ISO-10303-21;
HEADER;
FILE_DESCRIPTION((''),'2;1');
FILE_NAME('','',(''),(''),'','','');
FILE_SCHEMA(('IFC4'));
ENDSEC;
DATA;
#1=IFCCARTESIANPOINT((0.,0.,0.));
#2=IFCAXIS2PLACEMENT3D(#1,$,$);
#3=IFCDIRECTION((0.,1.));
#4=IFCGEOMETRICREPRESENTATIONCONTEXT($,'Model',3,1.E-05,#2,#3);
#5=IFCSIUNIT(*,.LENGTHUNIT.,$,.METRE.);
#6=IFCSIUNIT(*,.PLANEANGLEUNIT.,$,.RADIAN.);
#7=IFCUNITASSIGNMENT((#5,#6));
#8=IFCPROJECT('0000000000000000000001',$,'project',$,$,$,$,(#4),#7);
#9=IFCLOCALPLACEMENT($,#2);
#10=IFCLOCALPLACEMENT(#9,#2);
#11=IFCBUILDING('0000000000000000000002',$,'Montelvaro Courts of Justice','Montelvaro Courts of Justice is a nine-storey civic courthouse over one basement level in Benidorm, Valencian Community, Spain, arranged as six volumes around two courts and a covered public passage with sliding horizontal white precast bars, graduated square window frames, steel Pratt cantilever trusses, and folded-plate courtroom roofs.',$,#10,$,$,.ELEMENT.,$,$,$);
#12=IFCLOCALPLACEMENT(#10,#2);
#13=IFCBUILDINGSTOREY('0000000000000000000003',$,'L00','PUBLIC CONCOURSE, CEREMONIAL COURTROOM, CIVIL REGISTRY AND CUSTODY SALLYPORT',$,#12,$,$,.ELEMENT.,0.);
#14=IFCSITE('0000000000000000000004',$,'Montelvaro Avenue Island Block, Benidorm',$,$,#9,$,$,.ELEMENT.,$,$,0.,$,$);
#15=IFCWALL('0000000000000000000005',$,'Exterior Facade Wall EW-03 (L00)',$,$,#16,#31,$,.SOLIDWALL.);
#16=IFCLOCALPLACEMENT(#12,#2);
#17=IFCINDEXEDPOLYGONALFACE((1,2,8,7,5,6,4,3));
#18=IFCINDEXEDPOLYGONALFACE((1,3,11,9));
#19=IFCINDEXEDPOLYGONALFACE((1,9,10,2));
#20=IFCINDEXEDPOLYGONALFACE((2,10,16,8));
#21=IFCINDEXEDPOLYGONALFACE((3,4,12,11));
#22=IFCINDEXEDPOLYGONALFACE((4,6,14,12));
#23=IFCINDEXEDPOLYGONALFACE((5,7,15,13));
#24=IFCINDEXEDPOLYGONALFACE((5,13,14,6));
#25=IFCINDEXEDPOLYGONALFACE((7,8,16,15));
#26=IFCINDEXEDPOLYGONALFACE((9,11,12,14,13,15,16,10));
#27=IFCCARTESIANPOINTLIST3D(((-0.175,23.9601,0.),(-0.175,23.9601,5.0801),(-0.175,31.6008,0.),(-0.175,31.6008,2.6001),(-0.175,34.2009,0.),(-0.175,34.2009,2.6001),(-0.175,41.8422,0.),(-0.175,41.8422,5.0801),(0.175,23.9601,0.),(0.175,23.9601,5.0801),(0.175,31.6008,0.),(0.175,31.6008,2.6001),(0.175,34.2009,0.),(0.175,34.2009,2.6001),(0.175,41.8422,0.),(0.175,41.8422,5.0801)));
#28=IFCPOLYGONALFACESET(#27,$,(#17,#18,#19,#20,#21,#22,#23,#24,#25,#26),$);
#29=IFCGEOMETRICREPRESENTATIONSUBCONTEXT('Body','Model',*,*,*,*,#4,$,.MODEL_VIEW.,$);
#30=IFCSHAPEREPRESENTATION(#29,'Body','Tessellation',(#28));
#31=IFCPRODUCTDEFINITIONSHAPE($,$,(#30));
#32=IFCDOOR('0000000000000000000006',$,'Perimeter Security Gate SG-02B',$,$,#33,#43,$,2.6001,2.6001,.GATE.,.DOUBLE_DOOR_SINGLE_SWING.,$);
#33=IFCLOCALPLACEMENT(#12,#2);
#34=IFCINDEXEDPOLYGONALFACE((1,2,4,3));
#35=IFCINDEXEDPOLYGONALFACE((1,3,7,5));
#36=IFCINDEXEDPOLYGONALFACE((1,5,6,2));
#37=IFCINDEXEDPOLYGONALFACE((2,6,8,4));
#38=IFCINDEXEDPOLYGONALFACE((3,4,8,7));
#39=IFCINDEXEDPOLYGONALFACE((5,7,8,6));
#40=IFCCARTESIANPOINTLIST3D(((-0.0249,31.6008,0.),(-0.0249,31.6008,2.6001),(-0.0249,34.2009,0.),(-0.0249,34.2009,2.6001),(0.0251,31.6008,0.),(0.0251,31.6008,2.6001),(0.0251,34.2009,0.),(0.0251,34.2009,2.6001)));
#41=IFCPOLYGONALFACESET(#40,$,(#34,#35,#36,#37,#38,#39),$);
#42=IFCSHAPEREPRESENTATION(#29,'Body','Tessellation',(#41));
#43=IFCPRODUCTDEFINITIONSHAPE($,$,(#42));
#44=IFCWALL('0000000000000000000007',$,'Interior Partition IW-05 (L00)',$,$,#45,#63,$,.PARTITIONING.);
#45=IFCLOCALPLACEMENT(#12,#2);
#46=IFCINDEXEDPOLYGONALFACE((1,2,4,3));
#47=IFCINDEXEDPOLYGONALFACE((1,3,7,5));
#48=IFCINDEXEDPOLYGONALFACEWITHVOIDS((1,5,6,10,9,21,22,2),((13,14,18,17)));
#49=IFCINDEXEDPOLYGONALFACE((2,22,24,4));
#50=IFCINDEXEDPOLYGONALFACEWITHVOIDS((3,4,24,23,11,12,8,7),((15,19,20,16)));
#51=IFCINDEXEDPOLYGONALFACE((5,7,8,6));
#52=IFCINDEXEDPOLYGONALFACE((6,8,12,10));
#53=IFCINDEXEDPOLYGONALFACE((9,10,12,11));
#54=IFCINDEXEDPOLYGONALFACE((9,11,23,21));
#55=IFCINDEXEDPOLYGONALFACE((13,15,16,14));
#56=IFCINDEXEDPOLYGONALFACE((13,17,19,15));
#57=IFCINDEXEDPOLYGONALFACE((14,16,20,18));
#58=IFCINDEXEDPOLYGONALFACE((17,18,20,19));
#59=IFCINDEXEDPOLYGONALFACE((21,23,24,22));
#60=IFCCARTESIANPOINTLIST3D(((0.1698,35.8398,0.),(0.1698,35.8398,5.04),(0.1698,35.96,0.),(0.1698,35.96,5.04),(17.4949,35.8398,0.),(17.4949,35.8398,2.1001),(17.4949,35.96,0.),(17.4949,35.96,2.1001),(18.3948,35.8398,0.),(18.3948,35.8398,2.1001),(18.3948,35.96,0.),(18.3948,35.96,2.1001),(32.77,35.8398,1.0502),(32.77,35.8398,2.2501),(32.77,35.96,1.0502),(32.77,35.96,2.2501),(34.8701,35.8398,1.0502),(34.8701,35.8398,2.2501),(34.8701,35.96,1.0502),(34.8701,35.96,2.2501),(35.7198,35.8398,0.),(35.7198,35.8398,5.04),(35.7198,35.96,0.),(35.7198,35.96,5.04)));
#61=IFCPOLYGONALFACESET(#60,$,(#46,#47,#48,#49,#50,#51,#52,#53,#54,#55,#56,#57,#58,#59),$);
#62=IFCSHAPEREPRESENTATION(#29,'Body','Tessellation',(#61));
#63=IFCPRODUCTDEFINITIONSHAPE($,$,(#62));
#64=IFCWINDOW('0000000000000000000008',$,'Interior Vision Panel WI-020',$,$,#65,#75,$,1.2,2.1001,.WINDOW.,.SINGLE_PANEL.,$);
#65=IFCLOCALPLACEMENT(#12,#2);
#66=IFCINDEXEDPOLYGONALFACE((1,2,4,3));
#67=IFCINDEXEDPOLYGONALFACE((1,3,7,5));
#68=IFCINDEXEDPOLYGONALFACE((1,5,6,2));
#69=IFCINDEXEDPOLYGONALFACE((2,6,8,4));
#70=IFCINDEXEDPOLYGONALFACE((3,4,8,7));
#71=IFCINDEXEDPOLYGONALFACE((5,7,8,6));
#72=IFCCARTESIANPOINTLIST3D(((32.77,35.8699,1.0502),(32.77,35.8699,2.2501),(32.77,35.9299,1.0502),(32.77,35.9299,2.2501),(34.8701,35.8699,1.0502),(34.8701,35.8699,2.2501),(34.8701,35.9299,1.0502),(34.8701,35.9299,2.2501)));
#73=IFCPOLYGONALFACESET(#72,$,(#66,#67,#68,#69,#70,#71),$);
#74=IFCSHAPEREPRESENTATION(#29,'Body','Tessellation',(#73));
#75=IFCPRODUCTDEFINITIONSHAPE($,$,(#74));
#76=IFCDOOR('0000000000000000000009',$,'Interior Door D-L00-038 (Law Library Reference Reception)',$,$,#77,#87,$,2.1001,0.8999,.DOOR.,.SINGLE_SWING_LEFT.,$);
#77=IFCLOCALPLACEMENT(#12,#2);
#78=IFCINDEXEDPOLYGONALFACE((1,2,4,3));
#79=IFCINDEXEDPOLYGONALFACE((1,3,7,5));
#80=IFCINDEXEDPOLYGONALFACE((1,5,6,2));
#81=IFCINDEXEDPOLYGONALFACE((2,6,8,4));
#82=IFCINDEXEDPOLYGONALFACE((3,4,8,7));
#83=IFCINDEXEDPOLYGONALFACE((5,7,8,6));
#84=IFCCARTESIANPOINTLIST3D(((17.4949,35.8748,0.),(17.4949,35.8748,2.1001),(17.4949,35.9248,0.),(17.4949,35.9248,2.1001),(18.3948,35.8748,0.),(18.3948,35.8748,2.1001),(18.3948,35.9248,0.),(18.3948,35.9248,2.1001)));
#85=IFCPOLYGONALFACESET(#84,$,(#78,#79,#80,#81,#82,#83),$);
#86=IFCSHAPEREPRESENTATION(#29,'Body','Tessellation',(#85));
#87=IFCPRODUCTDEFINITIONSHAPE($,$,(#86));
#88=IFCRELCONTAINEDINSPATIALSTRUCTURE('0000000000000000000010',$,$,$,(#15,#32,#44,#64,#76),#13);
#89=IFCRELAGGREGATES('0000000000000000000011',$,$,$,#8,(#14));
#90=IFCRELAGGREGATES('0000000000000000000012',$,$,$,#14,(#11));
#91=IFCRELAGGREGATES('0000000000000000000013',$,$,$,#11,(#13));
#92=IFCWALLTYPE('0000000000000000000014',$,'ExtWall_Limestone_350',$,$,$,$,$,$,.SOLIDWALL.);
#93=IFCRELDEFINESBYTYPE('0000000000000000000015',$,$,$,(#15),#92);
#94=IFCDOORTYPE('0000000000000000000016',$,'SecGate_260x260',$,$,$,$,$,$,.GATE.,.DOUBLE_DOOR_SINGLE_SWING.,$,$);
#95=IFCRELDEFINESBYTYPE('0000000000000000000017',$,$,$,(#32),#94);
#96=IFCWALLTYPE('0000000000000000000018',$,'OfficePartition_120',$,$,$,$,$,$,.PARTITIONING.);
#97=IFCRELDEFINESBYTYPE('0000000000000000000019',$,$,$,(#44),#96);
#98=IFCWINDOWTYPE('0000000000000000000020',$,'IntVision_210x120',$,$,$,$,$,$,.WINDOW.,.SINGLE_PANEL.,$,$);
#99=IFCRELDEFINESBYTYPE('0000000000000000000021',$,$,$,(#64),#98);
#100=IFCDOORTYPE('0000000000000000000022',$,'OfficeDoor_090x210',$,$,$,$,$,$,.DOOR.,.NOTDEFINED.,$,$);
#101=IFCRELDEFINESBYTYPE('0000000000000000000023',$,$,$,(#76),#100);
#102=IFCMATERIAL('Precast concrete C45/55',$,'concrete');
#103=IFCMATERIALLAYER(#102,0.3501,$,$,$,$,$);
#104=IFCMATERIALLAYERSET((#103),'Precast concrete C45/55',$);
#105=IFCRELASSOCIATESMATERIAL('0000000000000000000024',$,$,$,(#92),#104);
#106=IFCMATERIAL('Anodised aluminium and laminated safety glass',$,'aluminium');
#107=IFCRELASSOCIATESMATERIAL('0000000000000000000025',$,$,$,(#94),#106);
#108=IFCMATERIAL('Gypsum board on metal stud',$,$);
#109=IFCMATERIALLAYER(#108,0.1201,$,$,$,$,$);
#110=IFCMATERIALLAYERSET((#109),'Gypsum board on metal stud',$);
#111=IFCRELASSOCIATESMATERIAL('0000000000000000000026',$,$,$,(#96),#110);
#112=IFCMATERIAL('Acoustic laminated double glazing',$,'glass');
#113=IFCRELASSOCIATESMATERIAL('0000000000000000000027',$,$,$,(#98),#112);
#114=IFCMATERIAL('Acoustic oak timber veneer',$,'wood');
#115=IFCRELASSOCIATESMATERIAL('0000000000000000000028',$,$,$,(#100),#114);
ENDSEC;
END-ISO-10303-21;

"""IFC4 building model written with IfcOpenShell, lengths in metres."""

from ifc_helpers import new_model, si_unit, direction, frame, frame_2d, origin, place, context, subcontext, project, spatial, rectangle, extrude, material, layer, layer_set, type_object, element, fill, save


model = new_model("IFC4")

# Units and contexts
model_context = context("Model", 3, precision=1e-05, world=origin(), true_north=direction((0.0, 1.0)))
body_context = subcontext(model_context, "Body", "Model", "MODEL_VIEW")
ifc_project = project(units=[si_unit("LENGTHUNIT", "METRE"), si_unit("PLANEANGLEUNIT", "RADIAN")], contexts=[model_context])

# Site, building, storey
site_placement = place(None, origin())
site = spatial("IfcSite", under=ifc_project, at=site_placement, Name="Montelvaro Avenue Island Block, Benidorm", CompositionType="ELEMENT", RefElevation=0.0)
building_placement = place(site_placement, origin())
building = spatial("IfcBuilding", under=site, at=building_placement, Name="Montelvaro Courts of Justice", Description="Montelvaro Courts of Justice is a nine-storey civic courthouse over one basement level in Benidorm, Valencian Community, Spain, arranged as six volumes around two courts and a covered public passage with sliding horizontal white precast bars, graduated square window frames, steel Pratt cantilever trusses, and folded-plate courtroom roofs.", CompositionType="ELEMENT")
storey_placement = place(building_placement, origin())
storey = spatial("IfcBuildingStorey", under=building, at=storey_placement, Name="L00", Description="PUBLIC CONCOURSE, CEREMONIAL COURTROOM, CIVIL REGISTRY AND CUSTODY SALLYPORT", CompositionType="ELEMENT", Elevation=0.0)

# Shared definitions
ifc_material_1 = material(Name="Gypsum board on metal stud")

# Shared definitions
ifc_material_2 = material(Name="Precast concrete C45/55", Category="concrete")
ifc_layer_1 = layer(ifc_material_2, 0.3501)
ifc_layer_set_1 = layer_set([ifc_layer_1], Name="Precast concrete C45/55")
wall_type_1 = type_object("IfcWallType", Name="ExtWall_Limestone_350", PredefinedType="SOLIDWALL", material=ifc_layer_set_1)

# Wall, opening, door
ifc_material_3 = material(Name="Anodised aluminium and laminated safety glass", Category="aluminium")
wall_1_placement = place(storey_placement, frame((0.0, 41.842, 0.0), z_axis=(0.0, 0.0, 1.0), x_axis=(0.0, -1.0, 0.0)))
wall_1 = element("IfcWall", 1, at=wall_1_placement, inside=storey, type_object=wall_type_1, Name="Exterior Facade Wall EW-03 (L00)", PredefinedType="SOLIDWALL", context=body_context, shape_type="SweptSolid", body=[
    extrude(rectangle(XDim=17.8821, YDim=0.3501, at=frame_2d((8.9409, 0.0))), origin(), (0.0, 0.0, 1.0), 5.0801),
])
opening_1_placement = place(wall_1_placement, frame((7.6411, 0.0, 0.0)))
opening_1 = element("IfcOpeningElement", 2, at=opening_1_placement, cuts=wall_1, PredefinedType="OPENING", context=body_context, shape_type="SweptSolid", body=[
    extrude(rectangle(XDim=2.6001, YDim=2.6001, at=frame_2d((1.3, 1.3))), frame((0.0, 0.1899, 0.0), z_axis=(0.0, -1.0, 0.0), x_axis=(1.0, 0.0, 0.0)), (0.0, 0.0, 1.0), 0.3799),
])
door_type_1 = type_object("IfcDoorType", Name="SecGate_260x260", OperationType="DOUBLE_DOOR_SINGLE_SWING", PredefinedType="GATE", material=ifc_material_3)
door_1_placement = place(opening_1_placement, frame((2.6001, 0.0, 0.0), z_axis=(0.0, 0.0, 1.0), x_axis=(-1.0, 0.0, 0.0)))
door_1 = element("IfcDoor", 3, at=door_1_placement, inside=storey, type_object=door_type_1, Name="Perimeter Security Gate SG-02B", OperationType="DOUBLE_DOOR_SINGLE_SWING", OverallHeight=2.6001, OverallWidth=2.6001, PredefinedType="GATE", context=body_context, shape_type="SweptSolid", body=[
    extrude(rectangle(XDim=2.6001, YDim=2.6001, at=frame_2d((1.3, 1.3))), frame((0.0, 0.0249, 0.0), z_axis=(0.0, -1.0, 0.0), x_axis=(1.0, 0.0, 0.0)), (0.0, 0.0, 1.0), 0.05),
])
fill(opening_1, door_1)

# Wall, openings, window, door
ifc_layer_2 = layer(ifc_material_1, 0.1201)
ifc_layer_set_2 = layer_set([ifc_layer_2], Name="Gypsum board on metal stud")
wall_type_2 = type_object("IfcWallType", Name="OfficePartition_120", PredefinedType="PARTITIONING", material=ifc_layer_set_2)
wall_2_placement = place(storey_placement, frame((0.1699, 35.8999, 0.0), z_axis=(0.0, 0.0, 1.0), x_axis=(1.0, 0.0, 0.0)))
wall_2 = element("IfcWall", 4, at=wall_2_placement, inside=storey, type_object=wall_type_2, Name="Interior Partition IW-05 (L00)", PredefinedType="PARTITIONING", context=body_context, shape_type="SweptSolid", body=[
    extrude(rectangle(XDim=35.55, YDim=0.1201, at=frame_2d((17.7749, 0.0))), origin(), (0.0, 0.0, 1.0), 5.04),
])
opening_2_placement = place(wall_2_placement, frame((17.325, 0.0, 0.0)))
opening_2 = element("IfcOpeningElement", 5, at=opening_2_placement, cuts=wall_2, PredefinedType="OPENING", context=body_context, shape_type="SweptSolid", body=[
    extrude(rectangle(XDim=0.8999, YDim=2.1001, at=frame_2d((0.45, 1.05))), frame((0.0, 0.075, 0.0), z_axis=(0.0, -1.0, 0.0), x_axis=(1.0, 0.0, 0.0)), (0.0, 0.0, 1.0), 0.1499),
])
opening_3_placement = place(wall_2_placement, frame((32.6001, 0.0, 1.05)))
opening_3 = element("IfcOpeningElement", 6, at=opening_3_placement, cuts=wall_2, PredefinedType="OPENING", context=body_context, shape_type="SweptSolid", body=[
    extrude(rectangle(XDim=2.1001, YDim=1.2, at=frame_2d((1.05, 0.6001))), frame((0.0, 0.075, 0.0), z_axis=(0.0, -1.0, 0.0), x_axis=(1.0, 0.0, 0.0)), (0.0, 0.0, 1.0), 0.1499),
])
ifc_material_4 = material(Name="Acoustic laminated double glazing", Category="glass")
window_type_1 = type_object("IfcWindowType", Name="IntVision_210x120", PartitioningType="SINGLE_PANEL", PredefinedType="WINDOW", material=ifc_material_4)
window_1_placement = place(opening_3_placement, origin())
window_1 = element("IfcWindow", 7, at=window_1_placement, inside=storey, type_object=window_type_1, Name="Interior Vision Panel WI-020", OverallHeight=1.2, OverallWidth=2.1001, PartitioningType="SINGLE_PANEL", PredefinedType="WINDOW", context=body_context, shape_type="SweptSolid", body=[
    extrude(rectangle(XDim=2.1001, YDim=1.2, at=frame_2d((1.05, 0.6001))), frame((0.0, 0.03, 0.0), z_axis=(0.0, -1.0, 0.0), x_axis=(1.0, 0.0, 0.0)), (0.0, 0.0, 1.0), 0.0601),
])
fill(opening_3, window_1)
ifc_material_5 = material(Name="Acoustic oak timber veneer", Category="wood")
door_type_2 = type_object("IfcDoorType", Name="OfficeDoor_090x210", OperationType="NOTDEFINED", PredefinedType="DOOR", material=ifc_material_5)
door_2_placement = place(opening_2_placement, origin())
door_2 = element("IfcDoor", 8, at=door_2_placement, inside=storey, type_object=door_type_2, Name="Interior Door D-L00-038 (Law Library Reference Reception)", OperationType="SINGLE_SWING_LEFT", OverallHeight=2.1001, OverallWidth=0.8999, PredefinedType="DOOR", context=body_context, shape_type="SweptSolid", body=[
    extrude(rectangle(XDim=0.8999, YDim=2.1001, at=frame_2d((0.45, 1.05))), frame((0.0, 0.0249, 0.0), z_axis=(0.0, -1.0, 0.0), x_axis=(1.0, 0.0, 0.0)), (0.0, 0.0, 1.0), 0.05),
])
fill(opening_2, door_2)

save(model, "model.ifc")
